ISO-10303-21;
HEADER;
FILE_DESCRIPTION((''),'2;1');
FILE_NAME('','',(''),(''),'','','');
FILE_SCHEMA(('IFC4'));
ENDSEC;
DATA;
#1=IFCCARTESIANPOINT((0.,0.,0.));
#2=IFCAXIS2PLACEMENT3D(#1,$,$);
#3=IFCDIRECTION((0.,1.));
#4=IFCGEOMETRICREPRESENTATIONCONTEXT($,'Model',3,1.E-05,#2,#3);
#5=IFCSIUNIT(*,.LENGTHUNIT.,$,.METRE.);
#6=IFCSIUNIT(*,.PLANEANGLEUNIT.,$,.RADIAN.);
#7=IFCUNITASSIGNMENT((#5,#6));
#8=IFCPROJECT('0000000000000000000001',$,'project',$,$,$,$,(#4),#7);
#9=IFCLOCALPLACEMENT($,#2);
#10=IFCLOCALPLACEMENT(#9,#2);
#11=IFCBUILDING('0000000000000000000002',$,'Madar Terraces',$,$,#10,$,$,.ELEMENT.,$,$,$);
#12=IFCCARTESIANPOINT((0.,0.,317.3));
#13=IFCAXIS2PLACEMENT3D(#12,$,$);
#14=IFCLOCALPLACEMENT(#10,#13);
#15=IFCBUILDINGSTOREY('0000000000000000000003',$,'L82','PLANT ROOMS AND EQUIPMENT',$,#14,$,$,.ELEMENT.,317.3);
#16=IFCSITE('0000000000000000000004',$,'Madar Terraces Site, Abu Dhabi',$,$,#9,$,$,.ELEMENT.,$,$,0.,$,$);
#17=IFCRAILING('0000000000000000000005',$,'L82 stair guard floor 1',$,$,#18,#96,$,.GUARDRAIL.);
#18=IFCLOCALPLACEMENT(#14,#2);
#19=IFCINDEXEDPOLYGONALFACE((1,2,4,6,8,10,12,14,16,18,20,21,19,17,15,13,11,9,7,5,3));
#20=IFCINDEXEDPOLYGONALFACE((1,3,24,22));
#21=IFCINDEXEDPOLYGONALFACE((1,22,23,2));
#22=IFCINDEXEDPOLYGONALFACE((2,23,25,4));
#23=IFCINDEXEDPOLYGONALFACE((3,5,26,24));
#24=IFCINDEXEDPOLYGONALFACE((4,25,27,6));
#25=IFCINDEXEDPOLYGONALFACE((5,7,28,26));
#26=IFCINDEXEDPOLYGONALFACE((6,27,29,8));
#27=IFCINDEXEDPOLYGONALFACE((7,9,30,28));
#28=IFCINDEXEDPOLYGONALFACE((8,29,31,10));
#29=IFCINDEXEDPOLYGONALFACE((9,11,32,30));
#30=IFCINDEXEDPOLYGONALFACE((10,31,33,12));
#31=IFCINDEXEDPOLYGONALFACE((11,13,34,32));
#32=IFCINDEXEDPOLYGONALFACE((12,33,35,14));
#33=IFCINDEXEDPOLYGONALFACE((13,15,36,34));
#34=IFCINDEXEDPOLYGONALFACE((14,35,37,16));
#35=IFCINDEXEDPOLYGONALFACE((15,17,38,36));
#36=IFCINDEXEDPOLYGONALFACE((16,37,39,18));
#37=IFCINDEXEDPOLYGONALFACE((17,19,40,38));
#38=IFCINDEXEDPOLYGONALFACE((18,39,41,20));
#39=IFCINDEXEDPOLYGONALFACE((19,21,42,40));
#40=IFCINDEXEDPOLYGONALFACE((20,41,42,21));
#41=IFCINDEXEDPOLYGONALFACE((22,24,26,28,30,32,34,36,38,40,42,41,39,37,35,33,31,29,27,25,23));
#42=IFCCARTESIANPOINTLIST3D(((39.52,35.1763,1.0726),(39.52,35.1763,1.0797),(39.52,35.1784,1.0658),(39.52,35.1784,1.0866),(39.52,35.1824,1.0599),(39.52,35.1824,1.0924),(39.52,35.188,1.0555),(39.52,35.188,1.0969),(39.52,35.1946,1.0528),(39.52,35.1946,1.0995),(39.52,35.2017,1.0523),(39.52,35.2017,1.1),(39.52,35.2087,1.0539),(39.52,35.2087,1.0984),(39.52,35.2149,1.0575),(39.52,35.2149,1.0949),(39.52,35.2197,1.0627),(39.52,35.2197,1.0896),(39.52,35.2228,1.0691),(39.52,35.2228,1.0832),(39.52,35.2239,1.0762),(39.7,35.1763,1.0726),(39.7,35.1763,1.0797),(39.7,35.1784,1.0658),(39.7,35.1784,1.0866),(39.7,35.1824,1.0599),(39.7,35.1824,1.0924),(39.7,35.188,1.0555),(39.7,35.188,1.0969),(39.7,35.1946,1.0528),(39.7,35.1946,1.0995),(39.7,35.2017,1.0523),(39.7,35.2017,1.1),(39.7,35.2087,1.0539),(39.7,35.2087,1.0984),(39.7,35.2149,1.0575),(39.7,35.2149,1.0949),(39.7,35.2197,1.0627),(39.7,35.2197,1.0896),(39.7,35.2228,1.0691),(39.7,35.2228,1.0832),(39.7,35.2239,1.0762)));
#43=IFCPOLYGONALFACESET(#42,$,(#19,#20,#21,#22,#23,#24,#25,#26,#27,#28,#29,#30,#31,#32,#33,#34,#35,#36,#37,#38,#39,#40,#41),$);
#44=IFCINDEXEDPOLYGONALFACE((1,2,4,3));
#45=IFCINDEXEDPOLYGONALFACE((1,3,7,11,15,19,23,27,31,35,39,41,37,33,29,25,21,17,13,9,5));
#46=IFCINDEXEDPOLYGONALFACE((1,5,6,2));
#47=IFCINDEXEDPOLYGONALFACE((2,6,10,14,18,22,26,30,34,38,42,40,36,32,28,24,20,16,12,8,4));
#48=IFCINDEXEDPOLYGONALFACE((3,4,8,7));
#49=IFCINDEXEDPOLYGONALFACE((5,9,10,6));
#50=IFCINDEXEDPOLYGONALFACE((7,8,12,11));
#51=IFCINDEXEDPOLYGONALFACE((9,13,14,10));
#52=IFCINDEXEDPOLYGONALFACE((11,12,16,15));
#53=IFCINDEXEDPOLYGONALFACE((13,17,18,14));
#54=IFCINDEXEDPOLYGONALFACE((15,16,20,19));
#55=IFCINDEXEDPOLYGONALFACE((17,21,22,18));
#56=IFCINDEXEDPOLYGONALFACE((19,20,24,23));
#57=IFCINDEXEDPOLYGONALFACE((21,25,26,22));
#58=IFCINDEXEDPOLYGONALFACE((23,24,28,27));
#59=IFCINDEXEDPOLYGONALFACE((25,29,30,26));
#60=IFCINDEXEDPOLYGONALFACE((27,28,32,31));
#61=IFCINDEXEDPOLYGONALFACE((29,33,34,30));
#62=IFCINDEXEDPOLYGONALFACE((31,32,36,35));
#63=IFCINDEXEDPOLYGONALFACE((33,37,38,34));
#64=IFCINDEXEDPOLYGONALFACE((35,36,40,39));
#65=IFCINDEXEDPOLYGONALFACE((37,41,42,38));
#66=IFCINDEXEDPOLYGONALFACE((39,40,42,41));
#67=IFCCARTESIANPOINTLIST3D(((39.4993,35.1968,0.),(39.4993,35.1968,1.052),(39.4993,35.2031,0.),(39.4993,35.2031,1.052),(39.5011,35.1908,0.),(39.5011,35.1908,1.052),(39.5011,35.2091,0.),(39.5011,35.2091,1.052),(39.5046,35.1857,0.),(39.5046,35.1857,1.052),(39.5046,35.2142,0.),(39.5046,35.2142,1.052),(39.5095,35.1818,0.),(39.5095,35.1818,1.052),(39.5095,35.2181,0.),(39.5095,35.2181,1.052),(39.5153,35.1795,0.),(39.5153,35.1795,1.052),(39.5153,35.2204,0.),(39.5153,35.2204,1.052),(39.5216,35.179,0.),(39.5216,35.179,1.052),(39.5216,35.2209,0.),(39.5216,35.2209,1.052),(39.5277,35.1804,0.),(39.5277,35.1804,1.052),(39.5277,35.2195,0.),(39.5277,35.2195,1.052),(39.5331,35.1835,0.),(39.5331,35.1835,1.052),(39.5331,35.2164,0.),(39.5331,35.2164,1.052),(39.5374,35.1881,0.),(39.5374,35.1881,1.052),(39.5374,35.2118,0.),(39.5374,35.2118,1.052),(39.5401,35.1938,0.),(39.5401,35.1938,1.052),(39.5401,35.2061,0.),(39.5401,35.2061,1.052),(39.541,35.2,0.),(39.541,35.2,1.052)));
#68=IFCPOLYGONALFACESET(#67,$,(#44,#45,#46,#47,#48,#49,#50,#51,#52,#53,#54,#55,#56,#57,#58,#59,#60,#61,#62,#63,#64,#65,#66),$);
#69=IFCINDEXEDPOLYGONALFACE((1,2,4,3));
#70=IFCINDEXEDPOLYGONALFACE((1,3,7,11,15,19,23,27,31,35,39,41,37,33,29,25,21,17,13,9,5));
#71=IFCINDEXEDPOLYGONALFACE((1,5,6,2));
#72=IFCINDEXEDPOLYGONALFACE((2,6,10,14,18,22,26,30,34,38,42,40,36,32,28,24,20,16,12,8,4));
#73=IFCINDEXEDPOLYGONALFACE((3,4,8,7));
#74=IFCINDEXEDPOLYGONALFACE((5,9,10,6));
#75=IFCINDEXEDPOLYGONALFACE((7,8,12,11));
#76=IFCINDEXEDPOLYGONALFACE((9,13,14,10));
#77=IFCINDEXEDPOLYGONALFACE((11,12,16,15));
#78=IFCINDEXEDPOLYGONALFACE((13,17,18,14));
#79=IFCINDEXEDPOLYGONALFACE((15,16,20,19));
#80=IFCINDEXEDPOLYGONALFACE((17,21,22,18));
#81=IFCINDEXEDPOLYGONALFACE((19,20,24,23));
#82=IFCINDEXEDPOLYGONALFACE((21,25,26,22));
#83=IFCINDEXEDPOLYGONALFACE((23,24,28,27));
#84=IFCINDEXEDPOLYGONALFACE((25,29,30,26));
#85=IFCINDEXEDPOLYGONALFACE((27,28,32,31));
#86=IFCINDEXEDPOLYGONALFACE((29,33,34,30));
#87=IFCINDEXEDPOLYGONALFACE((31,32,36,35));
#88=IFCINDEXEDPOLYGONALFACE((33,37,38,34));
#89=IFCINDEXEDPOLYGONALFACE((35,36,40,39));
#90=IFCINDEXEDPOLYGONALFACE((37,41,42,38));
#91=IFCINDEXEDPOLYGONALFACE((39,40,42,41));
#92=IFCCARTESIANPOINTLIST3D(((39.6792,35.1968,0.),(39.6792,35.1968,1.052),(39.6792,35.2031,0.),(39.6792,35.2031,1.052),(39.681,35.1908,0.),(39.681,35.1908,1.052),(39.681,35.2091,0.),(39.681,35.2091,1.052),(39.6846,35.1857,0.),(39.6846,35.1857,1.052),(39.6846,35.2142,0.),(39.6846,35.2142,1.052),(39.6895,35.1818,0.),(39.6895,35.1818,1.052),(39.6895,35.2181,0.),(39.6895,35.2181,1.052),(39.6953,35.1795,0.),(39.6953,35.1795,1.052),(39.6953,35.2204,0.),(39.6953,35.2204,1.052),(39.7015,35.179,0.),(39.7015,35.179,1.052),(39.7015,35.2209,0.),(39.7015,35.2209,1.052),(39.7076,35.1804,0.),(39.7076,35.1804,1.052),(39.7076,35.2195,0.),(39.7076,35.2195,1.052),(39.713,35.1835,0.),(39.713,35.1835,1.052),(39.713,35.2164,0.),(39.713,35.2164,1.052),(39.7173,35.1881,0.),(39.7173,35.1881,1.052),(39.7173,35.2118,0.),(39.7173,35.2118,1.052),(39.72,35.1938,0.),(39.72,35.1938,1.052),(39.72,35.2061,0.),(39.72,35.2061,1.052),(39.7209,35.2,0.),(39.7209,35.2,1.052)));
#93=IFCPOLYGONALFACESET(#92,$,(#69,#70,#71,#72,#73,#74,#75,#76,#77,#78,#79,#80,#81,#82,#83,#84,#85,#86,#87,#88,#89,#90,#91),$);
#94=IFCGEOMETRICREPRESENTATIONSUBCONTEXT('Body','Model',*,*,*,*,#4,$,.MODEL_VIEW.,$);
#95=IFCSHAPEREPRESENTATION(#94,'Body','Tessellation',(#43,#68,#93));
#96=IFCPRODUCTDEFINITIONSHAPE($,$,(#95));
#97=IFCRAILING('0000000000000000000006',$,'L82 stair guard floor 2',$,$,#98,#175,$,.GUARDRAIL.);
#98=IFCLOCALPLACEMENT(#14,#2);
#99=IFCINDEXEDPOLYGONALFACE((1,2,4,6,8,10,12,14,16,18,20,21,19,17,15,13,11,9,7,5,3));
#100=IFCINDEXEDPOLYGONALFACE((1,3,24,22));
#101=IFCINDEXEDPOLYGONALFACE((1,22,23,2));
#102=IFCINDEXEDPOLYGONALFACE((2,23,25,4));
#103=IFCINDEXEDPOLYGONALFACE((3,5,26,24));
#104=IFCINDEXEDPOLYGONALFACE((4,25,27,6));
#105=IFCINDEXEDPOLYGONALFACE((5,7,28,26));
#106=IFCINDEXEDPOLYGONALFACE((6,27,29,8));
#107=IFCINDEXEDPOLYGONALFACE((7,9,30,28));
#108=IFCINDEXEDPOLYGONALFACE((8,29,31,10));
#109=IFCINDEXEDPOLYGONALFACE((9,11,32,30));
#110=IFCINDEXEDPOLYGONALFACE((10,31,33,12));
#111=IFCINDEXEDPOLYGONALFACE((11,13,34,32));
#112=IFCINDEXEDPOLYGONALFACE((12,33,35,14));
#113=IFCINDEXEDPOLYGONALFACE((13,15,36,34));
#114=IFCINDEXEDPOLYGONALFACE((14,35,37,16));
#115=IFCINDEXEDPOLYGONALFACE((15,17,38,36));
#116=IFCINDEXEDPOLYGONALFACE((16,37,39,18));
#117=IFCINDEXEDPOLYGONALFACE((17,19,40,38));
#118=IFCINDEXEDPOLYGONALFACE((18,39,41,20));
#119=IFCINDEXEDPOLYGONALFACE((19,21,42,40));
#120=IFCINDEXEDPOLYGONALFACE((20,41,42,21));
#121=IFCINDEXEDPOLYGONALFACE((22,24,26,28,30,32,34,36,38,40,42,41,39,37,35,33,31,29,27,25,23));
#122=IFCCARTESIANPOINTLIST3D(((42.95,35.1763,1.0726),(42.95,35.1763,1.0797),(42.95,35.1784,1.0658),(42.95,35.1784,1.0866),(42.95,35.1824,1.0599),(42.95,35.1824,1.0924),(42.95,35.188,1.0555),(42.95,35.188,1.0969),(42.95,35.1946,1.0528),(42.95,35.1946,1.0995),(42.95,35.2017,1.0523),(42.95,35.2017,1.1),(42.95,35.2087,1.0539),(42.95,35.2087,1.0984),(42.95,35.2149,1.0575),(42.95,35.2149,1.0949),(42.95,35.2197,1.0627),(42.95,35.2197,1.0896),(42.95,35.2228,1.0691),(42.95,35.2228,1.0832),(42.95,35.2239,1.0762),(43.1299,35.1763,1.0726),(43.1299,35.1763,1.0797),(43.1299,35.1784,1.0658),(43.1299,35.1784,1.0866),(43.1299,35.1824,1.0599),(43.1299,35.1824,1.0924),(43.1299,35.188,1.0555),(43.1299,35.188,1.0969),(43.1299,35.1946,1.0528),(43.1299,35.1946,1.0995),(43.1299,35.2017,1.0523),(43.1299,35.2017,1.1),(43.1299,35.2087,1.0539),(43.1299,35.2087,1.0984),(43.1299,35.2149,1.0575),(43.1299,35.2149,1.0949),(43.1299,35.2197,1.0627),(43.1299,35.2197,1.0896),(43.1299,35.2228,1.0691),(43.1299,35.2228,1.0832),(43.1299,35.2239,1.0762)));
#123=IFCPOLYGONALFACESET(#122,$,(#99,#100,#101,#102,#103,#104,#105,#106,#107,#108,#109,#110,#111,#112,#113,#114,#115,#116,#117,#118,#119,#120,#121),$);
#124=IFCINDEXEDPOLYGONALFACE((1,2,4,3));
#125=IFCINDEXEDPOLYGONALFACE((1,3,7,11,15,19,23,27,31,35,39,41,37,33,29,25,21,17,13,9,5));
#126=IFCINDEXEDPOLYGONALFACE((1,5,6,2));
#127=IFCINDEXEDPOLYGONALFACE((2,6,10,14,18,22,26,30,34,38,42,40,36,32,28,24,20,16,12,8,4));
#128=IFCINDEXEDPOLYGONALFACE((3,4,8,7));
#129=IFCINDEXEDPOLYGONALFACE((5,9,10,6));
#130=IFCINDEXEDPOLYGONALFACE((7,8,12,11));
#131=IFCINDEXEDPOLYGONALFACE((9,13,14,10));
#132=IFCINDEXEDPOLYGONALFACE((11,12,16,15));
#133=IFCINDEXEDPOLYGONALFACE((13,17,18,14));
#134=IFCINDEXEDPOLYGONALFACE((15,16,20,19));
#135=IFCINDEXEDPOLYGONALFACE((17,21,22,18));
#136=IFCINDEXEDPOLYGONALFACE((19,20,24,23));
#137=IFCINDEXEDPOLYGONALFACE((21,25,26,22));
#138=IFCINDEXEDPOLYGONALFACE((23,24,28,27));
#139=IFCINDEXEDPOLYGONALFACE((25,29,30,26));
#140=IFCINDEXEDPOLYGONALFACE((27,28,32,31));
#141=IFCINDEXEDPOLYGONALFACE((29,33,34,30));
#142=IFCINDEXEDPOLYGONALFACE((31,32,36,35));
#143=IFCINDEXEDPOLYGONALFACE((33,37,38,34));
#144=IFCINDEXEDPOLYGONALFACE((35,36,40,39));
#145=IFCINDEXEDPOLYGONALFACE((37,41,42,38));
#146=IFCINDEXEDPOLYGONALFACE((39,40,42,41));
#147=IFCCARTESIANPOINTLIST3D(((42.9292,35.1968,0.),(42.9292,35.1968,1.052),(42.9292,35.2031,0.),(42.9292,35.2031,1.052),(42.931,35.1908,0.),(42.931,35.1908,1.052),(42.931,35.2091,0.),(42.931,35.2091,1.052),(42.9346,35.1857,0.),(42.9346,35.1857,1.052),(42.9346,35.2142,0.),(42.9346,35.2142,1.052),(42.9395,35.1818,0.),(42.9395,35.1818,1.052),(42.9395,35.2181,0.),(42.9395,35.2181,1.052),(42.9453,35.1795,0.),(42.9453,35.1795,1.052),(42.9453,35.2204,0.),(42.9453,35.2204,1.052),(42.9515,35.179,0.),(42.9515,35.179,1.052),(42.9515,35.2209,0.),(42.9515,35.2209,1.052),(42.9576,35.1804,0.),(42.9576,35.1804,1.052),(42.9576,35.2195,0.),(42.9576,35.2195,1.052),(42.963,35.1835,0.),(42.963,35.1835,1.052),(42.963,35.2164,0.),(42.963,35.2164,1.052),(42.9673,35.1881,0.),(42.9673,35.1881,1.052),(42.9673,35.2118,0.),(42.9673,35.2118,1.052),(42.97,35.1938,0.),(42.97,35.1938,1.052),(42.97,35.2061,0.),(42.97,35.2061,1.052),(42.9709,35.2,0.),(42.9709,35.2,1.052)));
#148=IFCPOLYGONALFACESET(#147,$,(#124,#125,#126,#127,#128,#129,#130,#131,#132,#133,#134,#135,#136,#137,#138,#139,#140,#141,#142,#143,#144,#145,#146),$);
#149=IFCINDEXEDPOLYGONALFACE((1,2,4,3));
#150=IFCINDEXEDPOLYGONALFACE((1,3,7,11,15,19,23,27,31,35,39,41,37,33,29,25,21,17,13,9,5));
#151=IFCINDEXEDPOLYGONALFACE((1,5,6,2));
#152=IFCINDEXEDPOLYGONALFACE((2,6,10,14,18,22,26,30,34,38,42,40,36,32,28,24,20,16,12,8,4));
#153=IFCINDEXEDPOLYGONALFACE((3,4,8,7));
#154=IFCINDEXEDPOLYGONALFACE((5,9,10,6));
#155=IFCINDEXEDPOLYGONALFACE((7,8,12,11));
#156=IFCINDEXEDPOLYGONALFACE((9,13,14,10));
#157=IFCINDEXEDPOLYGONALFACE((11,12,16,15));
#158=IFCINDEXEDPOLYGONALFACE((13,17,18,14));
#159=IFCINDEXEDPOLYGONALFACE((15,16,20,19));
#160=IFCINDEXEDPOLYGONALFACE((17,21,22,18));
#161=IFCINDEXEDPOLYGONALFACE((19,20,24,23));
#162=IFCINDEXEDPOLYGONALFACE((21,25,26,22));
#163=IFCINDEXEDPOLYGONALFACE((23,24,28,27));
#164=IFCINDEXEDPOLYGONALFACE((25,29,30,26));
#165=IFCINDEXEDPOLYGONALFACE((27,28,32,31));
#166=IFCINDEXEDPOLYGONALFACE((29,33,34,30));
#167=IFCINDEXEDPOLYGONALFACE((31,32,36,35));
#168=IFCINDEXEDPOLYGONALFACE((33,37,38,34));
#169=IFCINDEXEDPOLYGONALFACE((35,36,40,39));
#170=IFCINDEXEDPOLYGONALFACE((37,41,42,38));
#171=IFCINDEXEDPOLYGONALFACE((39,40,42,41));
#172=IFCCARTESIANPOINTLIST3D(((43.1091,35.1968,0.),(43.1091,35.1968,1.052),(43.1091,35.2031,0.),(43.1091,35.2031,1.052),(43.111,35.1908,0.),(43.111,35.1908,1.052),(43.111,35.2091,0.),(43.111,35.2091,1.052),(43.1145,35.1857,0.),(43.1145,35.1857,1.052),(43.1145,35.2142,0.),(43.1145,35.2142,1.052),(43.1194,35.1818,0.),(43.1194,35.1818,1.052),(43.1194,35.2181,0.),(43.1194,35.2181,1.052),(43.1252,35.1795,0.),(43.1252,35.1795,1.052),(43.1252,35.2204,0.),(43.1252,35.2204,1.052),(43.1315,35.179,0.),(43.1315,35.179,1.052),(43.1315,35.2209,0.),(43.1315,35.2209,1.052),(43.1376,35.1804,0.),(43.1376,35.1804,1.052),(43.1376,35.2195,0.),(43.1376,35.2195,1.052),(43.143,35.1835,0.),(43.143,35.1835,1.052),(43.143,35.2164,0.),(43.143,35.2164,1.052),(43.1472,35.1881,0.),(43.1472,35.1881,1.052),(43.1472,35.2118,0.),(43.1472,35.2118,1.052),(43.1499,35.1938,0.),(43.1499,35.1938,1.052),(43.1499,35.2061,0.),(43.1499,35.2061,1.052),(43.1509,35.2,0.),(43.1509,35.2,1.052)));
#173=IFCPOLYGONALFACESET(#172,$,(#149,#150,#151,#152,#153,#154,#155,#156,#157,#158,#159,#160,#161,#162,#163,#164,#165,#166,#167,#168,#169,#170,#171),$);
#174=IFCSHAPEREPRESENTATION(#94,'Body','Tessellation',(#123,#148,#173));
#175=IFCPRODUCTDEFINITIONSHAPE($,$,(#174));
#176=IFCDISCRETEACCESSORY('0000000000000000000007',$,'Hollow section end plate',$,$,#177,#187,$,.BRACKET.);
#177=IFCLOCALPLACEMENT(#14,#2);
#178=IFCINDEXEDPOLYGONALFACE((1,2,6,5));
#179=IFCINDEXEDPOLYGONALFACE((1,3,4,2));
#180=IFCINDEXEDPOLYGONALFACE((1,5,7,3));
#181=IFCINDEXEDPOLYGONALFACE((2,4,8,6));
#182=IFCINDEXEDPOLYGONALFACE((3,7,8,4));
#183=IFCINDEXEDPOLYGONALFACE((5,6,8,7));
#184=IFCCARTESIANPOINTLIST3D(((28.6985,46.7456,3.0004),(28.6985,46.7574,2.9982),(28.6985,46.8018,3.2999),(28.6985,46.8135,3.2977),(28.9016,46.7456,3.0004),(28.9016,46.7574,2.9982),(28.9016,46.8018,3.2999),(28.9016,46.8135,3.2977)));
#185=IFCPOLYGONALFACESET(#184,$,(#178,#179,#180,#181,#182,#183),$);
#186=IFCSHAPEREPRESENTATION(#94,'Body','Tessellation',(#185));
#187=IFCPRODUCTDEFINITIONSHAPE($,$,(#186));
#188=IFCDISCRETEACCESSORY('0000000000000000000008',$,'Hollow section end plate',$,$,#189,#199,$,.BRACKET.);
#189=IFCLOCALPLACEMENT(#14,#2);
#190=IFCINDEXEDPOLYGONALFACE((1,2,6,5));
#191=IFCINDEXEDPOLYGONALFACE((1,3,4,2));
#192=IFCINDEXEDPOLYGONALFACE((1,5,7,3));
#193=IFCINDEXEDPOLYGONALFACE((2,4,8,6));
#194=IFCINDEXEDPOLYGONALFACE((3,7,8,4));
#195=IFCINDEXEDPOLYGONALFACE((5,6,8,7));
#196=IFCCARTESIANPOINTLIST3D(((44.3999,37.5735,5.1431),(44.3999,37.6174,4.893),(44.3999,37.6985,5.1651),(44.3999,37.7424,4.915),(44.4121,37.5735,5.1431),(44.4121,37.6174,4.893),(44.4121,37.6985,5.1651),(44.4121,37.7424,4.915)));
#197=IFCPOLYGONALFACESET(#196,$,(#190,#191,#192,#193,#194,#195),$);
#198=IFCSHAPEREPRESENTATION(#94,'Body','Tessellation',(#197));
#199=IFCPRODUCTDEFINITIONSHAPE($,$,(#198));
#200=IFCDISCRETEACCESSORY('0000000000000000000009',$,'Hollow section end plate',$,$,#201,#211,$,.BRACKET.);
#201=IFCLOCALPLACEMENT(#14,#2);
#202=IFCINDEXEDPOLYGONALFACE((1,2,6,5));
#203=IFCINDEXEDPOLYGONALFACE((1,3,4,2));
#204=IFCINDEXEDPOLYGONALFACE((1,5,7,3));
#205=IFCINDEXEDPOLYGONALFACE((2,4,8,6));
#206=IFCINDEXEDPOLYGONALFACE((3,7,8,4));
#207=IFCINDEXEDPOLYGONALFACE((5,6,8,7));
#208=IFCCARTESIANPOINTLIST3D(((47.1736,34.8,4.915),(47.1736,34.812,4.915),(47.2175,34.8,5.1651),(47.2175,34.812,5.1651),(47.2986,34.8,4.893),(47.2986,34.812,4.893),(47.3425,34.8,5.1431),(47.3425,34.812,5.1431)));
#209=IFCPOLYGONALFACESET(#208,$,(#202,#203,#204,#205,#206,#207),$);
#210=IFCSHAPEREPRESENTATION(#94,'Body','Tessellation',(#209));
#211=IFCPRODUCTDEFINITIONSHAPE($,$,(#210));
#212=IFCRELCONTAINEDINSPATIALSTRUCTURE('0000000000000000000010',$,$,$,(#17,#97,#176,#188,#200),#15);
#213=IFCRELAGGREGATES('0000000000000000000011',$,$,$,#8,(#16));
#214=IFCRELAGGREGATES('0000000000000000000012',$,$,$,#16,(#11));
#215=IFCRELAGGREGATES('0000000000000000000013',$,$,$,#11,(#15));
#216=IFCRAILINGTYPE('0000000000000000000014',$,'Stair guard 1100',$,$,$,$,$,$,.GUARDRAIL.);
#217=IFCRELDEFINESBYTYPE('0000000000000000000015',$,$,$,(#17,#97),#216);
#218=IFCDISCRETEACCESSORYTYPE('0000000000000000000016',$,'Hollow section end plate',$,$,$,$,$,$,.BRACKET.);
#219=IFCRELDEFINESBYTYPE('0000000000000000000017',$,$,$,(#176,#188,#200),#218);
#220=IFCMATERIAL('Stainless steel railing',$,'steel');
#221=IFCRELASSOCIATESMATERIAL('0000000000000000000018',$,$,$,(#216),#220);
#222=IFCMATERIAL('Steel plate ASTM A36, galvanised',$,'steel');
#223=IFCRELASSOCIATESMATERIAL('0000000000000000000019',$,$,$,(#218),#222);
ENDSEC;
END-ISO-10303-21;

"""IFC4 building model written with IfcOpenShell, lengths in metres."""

from ifc_helpers import new_model, si_unit, direction, frame, origin, origin_2d, place, context, subcontext, project, spatial, rectangle, circle, extrude, material, type_object, element, save


model = new_model("IFC4")

# Units and contexts
model_context = context("Model", 3, precision=1e-05, world=origin(), true_north=direction((0.0, 1.0)))
body_context = subcontext(model_context, "Body", "Model", "MODEL_VIEW")
ifc_project = project(units=[si_unit("LENGTHUNIT", "METRE"), si_unit("PLANEANGLEUNIT", "RADIAN")], contexts=[model_context])

# Site, building, storey
site_placement = place(None, origin())
site = spatial("IfcSite", under=ifc_project, at=site_placement, Name="Madar Terraces Site, Abu Dhabi", CompositionType="ELEMENT", RefElevation=0.0)
building_placement = place(site_placement, origin())
building = spatial("IfcBuilding", under=site, at=building_placement, Name="Madar Terraces", CompositionType="ELEMENT")
storey_placement = place(building_placement, frame((0.0, 0.0, 317.3)))
storey = spatial("IfcBuildingStorey", under=building, at=storey_placement, Name="L82", Description="PLANT ROOMS AND EQUIPMENT", CompositionType="ELEMENT", Elevation=317.3)

# Railings
ifc_material_1 = material(Name="Stainless steel railing", Category="steel")
railing_type = type_object("IfcRailingType", Name="Stair guard 1100", PredefinedType="GUARDRAIL", material=ifc_material_1)
for number, where, name in (
    (1, (39.52, 35.2, 0.0), "L82 stair guard floor 1"),
    (2, (42.95, 35.2, 0.0), "L82 stair guard floor 2"),
):
    element("IfcRailing", number, at=place(storey_placement, frame(where)), inside=storey, type_object=railing_type, Name=name, PredefinedType="GUARDRAIL", context=body_context, shape_type="SweptSolid", body=[
        extrude(circle(Radius=0.0239, at=origin_2d()), frame((0.0, 0.0, 1.0762), z_axis=(1.0, 0.0, 0.0), x_axis=(0.0, 1.0, 0.0)), (0.0, 0.0, 1.0), 0.1799),
        extrude(circle(Radius=0.021, at=origin_2d()), origin(), (0.0, 0.0, 1.0), 1.052),
        extrude(circle(Radius=0.021, at=origin_2d()), frame((0.1799, 0.0, 0.0)), (0.0, 0.0, 1.0), 1.052),
    ])

# Discrete accessories
ifc_material_2 = material(Name="Steel plate ASTM A36, galvanised", Category="steel")
discrete_accessory_type_1 = type_object("IfcDiscreteAccessoryType", Name="Hollow section end plate", PredefinedType="BRACKET", material=ifc_material_2)
discrete_accessory_1_placement = place(storey_placement, frame((28.8, 46.7737, 3.1501), z_axis=(0.0, 0.982872, -0.184289), x_axis=(-1.0, 0.0, 0.0)))
element("IfcDiscreteAccessory", 3, at=discrete_accessory_1_placement, inside=storey, type_object=discrete_accessory_type_1, Name="Hollow section end plate", PredefinedType="BRACKET", context=body_context, shape_type="SweptSolid", body=[
    extrude(rectangle(XDim=0.2031, YDim=0.3047, at=origin_2d()), origin(), (0.0, 0.0, 1.0), 0.012),
])
discrete_accessory_2_placement = place(storey_placement, frame((44.3999, 37.658, 5.0291), z_axis=(1.0, 0.0, 0.0), x_axis=(0.0, 0.984957, 0.172799)))
element("IfcDiscreteAccessory", 4, at=discrete_accessory_2_placement, inside=storey, type_object=discrete_accessory_type_1, Name="Hollow section end plate", PredefinedType="BRACKET", context=body_context, shape_type="SweptSolid", body=[
    extrude(rectangle(XDim=0.127, YDim=0.2539, at=origin_2d()), origin(), (0.0, 0.0, 1.0), 0.0122),
])
for number, where, z_axis, x_axis, name in (
    (5, (47.2581, 34.8, 5.0291), (0.0, 1.0, 0.0), (-0.984957, 0.0, 0.172799), "Hollow section end plate"),
):
    element("IfcDiscreteAccessory", number, at=place(storey_placement, frame(where, z_axis=z_axis, x_axis=x_axis)), inside=storey, type_object=discrete_accessory_type_1, Name=name, PredefinedType="BRACKET", context=body_context, shape_type="SweptSolid", body=[
        extrude(rectangle(XDim=0.127, YDim=0.2539, at=origin_2d()), origin(), (0.0, 0.0, 1.0), 0.012),
    ])

save(model, "model.ifc")
